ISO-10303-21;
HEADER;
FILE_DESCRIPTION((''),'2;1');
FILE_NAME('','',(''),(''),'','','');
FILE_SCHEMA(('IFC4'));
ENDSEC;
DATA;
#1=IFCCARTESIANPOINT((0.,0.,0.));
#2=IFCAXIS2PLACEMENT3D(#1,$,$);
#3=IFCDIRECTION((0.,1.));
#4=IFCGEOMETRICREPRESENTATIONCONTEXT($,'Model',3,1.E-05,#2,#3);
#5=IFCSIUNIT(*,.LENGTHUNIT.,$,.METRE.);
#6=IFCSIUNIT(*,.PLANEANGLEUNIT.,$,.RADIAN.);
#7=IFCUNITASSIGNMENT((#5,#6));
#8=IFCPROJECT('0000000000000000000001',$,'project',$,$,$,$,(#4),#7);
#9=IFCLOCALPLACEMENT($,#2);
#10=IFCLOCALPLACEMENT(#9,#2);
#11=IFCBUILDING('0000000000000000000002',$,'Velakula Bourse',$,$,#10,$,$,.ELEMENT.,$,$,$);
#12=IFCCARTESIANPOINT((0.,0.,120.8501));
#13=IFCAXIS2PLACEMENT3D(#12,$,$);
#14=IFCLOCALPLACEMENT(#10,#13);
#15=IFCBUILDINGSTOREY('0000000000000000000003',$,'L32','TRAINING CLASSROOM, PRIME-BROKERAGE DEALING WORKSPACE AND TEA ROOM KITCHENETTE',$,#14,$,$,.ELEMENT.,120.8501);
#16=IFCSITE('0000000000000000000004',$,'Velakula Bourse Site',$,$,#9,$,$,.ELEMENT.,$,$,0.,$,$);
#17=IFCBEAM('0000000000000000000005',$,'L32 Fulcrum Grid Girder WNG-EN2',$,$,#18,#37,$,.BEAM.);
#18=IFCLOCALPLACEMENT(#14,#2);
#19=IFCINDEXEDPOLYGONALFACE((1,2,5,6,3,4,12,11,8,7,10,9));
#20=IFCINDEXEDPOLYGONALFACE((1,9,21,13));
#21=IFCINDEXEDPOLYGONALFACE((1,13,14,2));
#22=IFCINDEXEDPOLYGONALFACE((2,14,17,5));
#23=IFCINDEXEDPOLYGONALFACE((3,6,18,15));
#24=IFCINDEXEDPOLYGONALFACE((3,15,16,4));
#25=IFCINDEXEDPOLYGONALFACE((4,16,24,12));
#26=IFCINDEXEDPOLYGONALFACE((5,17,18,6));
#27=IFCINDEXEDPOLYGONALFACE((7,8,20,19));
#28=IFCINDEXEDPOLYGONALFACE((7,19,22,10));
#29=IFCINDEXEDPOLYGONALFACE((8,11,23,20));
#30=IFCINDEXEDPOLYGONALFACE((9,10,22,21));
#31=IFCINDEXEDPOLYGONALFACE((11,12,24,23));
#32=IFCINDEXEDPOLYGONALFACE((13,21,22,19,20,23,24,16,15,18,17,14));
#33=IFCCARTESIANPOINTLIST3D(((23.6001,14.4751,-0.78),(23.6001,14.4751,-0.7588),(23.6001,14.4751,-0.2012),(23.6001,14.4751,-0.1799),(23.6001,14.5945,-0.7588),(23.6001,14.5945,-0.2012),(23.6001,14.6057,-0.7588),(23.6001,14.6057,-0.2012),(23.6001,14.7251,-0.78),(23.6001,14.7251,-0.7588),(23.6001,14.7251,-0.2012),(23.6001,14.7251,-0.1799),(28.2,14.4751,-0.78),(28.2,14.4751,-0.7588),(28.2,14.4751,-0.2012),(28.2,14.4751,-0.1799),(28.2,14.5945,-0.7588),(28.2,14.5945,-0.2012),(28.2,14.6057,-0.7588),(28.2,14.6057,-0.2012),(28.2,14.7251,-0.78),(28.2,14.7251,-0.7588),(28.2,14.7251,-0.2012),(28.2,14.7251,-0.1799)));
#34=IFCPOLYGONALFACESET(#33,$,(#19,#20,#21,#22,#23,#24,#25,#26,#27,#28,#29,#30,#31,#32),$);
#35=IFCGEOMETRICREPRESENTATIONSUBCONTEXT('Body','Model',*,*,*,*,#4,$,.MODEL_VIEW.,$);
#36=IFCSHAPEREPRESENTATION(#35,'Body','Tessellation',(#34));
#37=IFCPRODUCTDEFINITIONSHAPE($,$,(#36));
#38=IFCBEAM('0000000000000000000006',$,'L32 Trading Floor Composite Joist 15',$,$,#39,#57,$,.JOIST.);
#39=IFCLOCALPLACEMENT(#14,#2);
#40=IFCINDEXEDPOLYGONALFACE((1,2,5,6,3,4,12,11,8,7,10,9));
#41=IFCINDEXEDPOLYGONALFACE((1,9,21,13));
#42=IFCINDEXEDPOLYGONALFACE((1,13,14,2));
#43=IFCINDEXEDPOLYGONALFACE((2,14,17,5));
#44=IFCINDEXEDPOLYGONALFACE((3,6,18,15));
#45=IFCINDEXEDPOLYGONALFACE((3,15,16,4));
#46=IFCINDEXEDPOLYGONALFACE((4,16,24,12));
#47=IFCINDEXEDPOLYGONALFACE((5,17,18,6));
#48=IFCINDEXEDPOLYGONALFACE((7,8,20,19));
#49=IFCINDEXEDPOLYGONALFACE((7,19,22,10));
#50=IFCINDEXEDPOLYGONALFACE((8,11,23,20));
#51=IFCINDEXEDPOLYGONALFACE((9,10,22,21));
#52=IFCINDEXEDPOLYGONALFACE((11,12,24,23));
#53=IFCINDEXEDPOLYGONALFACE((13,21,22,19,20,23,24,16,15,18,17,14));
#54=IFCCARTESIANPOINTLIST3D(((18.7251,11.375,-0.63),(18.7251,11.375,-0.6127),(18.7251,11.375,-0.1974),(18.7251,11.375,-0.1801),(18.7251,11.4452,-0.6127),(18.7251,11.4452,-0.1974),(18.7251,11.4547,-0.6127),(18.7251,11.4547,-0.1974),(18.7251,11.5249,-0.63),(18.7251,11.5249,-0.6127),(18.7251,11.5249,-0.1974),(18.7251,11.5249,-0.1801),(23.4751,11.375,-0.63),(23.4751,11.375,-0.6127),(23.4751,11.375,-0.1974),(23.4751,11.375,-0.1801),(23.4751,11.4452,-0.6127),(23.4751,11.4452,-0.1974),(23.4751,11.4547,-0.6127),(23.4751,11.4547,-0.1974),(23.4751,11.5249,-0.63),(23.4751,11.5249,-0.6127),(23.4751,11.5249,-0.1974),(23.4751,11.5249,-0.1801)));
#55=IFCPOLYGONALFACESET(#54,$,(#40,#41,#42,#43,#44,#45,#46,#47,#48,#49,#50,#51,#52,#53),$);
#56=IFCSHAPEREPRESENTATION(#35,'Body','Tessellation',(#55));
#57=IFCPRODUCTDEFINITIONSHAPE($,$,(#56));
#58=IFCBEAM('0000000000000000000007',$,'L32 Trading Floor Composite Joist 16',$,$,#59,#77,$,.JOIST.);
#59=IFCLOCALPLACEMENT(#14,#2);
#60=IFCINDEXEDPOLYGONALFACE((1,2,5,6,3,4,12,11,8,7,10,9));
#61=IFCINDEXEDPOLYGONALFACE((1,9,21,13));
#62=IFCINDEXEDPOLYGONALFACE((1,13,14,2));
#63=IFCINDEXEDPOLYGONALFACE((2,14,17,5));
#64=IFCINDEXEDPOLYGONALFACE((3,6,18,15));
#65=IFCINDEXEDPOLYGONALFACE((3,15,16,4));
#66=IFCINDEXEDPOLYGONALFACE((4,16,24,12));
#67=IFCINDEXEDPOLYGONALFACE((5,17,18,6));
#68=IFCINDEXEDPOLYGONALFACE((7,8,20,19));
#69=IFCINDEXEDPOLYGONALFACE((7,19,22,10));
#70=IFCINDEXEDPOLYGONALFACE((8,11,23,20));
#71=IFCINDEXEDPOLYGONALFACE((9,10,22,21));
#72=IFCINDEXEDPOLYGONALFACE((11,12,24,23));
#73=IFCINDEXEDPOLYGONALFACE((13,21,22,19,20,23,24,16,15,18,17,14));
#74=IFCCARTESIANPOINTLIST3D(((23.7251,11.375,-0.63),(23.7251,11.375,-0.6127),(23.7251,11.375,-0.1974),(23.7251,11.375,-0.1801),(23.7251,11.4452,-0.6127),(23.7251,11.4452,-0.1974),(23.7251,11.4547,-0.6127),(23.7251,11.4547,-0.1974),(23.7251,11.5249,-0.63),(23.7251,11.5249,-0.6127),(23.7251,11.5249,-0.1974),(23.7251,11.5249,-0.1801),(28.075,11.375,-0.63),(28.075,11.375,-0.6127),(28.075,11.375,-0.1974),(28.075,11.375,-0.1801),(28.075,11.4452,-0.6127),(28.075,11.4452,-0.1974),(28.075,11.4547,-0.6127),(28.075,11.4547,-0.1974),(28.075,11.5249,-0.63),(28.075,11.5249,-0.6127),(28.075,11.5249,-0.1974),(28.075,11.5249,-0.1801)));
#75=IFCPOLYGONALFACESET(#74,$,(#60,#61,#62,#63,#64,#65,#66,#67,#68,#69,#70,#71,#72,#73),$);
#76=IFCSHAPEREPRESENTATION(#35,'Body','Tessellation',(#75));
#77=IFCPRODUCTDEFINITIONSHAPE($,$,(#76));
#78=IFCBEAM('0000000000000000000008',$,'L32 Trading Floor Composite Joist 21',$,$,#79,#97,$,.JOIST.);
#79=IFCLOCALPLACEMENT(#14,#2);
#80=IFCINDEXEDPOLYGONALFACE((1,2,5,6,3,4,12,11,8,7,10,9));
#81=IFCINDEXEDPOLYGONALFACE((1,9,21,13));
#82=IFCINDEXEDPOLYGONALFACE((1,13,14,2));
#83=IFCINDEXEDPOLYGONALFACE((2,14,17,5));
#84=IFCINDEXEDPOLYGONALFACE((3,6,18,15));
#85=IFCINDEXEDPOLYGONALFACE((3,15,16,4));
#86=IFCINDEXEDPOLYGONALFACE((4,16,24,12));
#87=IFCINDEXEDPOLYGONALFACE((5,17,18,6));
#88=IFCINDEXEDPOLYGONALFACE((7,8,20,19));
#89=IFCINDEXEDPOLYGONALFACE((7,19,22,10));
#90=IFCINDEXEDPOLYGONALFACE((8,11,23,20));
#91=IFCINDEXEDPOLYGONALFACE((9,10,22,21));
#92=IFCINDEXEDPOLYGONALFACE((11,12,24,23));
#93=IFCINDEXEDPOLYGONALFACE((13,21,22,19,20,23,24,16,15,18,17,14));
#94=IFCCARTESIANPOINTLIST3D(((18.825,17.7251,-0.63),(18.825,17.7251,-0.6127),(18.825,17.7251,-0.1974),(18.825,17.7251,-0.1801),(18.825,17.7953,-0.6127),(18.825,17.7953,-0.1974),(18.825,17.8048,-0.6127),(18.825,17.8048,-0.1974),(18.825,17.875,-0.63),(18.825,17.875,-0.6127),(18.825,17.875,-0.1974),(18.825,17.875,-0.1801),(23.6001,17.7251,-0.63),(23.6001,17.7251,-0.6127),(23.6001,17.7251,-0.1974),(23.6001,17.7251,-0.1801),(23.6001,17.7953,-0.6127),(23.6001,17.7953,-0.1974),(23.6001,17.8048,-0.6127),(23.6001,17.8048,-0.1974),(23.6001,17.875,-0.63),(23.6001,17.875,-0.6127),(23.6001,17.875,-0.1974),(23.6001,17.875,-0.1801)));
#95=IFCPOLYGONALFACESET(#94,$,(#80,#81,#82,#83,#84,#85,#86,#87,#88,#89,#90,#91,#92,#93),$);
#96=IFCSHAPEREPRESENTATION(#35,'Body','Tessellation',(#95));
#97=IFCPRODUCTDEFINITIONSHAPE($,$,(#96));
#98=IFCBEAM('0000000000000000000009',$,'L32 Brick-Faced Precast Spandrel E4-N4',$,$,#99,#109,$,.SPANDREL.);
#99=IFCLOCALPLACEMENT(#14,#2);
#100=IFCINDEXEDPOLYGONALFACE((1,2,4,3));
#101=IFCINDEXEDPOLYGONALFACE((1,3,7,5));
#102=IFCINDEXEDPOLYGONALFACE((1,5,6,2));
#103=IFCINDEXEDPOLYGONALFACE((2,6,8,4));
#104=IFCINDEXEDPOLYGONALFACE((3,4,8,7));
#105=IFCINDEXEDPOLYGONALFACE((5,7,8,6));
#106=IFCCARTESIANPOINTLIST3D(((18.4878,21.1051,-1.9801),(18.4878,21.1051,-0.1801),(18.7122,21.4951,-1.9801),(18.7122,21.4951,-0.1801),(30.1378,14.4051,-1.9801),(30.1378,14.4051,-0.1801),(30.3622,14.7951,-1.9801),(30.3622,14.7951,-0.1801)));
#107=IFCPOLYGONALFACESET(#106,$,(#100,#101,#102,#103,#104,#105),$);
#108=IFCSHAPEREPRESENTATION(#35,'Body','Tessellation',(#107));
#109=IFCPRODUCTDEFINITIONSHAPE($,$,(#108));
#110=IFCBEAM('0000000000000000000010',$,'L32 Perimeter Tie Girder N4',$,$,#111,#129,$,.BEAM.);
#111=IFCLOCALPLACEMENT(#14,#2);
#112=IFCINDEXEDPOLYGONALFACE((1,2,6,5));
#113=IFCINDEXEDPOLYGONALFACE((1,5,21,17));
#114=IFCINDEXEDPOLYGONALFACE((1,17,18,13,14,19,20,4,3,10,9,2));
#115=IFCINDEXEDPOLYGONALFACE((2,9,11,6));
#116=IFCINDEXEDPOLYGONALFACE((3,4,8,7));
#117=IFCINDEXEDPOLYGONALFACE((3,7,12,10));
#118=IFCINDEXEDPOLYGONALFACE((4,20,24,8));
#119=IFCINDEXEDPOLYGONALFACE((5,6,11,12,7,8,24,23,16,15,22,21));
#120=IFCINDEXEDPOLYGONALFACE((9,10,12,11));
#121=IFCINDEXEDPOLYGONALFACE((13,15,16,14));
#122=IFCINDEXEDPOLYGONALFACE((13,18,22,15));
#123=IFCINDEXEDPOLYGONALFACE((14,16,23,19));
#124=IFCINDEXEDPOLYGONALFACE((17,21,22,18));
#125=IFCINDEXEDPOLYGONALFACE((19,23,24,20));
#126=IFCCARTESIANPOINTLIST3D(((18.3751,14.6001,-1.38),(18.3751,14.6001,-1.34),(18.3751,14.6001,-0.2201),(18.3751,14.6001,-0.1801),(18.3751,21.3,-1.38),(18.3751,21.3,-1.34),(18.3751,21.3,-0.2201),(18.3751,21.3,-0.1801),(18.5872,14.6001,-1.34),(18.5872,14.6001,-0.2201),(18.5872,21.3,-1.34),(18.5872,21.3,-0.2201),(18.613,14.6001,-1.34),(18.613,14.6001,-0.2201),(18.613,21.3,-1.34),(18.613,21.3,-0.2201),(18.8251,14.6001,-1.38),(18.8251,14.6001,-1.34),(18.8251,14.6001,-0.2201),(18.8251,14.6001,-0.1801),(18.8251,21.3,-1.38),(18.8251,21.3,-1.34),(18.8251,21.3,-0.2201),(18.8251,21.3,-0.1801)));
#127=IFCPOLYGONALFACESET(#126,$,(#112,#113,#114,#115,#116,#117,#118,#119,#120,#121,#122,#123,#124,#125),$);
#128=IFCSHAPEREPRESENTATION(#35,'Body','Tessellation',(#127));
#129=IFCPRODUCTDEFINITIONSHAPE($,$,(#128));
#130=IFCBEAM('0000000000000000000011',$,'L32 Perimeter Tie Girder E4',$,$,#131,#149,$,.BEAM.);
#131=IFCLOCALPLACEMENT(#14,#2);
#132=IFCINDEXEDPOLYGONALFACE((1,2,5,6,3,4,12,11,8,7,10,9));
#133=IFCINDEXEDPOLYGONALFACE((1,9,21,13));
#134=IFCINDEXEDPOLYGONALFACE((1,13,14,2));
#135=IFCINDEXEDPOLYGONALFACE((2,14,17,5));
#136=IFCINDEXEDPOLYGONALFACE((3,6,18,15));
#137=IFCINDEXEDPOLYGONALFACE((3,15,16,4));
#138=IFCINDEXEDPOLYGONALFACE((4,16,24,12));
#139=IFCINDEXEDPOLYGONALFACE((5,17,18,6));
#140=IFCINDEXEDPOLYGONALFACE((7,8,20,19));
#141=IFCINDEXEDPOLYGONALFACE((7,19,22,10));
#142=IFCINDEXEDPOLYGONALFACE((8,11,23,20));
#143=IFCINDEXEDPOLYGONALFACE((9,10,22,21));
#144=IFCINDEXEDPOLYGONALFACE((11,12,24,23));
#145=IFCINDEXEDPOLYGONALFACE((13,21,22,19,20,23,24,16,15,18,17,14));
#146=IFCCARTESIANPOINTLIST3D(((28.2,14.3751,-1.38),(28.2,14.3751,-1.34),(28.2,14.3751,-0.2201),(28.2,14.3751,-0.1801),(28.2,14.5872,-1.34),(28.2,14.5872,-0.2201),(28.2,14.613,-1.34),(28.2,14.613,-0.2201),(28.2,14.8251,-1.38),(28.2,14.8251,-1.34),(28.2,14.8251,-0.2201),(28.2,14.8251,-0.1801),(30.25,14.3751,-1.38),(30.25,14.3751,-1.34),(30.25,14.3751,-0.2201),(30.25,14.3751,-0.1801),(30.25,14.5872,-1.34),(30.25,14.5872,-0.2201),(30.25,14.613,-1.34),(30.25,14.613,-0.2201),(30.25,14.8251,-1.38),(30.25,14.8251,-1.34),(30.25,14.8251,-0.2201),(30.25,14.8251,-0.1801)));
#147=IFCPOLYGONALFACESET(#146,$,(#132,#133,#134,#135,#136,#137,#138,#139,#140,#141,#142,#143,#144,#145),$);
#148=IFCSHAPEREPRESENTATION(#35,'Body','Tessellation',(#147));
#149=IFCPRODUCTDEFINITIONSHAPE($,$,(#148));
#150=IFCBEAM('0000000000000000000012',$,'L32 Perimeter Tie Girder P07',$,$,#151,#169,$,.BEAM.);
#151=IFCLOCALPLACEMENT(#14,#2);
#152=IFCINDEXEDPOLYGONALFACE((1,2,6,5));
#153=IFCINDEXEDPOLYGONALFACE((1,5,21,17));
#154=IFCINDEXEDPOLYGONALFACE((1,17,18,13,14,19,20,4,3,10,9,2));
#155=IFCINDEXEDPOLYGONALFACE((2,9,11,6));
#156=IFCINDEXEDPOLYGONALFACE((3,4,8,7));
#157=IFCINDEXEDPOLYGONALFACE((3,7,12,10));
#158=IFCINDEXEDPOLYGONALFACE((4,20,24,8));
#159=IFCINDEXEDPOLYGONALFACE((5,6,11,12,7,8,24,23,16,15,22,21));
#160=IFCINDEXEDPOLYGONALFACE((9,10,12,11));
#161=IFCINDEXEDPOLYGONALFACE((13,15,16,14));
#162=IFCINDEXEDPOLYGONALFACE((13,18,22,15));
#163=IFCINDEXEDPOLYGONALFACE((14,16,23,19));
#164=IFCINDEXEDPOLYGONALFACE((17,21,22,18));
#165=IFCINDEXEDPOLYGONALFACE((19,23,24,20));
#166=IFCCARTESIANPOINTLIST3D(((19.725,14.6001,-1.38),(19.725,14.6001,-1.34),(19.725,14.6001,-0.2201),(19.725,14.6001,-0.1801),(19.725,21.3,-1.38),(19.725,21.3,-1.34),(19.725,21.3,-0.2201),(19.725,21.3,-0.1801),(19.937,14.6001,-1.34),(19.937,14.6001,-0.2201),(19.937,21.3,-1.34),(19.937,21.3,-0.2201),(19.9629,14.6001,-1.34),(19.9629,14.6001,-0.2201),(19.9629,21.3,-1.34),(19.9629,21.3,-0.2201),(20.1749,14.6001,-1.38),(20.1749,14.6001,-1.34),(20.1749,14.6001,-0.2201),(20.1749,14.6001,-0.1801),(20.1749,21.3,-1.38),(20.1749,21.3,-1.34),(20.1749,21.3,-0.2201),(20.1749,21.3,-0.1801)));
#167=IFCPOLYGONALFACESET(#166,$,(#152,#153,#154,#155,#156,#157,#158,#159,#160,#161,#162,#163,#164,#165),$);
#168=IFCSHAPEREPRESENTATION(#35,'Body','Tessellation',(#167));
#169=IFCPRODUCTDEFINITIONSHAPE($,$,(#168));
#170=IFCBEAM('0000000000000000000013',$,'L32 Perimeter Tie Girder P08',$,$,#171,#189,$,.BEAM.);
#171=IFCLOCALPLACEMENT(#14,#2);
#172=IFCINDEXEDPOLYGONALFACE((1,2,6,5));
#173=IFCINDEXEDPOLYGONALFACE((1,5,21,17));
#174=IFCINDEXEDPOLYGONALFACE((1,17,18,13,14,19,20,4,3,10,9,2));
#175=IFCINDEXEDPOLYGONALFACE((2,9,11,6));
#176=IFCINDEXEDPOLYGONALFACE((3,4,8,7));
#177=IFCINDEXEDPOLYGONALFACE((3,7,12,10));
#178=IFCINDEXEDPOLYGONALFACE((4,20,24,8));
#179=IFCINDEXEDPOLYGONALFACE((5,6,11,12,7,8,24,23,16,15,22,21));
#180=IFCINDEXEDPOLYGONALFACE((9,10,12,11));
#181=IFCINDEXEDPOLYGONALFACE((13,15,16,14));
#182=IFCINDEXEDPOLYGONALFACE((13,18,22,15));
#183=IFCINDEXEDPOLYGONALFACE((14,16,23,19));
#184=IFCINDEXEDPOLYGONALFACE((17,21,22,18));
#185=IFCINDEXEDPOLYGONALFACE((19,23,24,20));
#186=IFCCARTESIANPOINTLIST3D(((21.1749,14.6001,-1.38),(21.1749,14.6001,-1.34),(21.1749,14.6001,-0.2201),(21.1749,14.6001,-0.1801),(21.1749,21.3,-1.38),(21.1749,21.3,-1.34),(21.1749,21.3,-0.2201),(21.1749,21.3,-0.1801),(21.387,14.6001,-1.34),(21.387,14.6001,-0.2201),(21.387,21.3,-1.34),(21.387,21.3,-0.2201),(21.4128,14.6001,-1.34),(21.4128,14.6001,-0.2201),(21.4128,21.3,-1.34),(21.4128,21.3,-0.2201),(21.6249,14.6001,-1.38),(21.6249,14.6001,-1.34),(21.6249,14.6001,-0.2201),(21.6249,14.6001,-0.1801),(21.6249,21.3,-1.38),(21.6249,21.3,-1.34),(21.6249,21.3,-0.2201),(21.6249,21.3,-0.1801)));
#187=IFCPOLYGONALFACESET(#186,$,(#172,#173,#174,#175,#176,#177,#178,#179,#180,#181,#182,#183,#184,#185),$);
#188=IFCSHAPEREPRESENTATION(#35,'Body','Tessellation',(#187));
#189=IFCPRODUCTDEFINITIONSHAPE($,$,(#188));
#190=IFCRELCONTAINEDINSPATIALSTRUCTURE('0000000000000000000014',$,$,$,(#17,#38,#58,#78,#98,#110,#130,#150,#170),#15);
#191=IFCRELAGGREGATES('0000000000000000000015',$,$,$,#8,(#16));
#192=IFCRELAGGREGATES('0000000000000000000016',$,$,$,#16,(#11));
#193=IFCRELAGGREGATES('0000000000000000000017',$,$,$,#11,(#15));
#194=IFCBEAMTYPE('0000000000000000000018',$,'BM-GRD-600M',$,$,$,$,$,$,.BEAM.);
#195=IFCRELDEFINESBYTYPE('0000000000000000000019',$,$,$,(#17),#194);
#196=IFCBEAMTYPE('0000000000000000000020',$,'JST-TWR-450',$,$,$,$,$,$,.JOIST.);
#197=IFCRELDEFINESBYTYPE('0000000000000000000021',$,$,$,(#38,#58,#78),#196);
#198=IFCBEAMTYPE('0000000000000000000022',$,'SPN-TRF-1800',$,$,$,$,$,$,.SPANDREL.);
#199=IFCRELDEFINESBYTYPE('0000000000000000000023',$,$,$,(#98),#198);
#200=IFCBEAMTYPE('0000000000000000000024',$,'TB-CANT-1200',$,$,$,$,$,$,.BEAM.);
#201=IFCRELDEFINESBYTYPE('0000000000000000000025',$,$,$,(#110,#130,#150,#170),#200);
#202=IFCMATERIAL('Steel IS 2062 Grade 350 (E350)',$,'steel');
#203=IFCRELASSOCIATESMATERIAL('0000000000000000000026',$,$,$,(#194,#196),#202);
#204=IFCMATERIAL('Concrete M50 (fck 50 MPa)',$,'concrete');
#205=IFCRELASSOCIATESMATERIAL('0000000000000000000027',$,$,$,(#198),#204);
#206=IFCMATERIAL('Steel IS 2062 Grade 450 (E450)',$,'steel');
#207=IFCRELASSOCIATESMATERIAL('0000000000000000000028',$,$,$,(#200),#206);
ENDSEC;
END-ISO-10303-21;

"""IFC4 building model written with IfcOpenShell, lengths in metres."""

from ifc_helpers import new_model, si_unit, direction, frame, origin, origin_2d, place, context, subcontext, project, spatial, rectangle, i_section, extrude, material, material_profile, profile_set, type_object, element, save


model = new_model("IFC4")

# Units and contexts
model_context = context("Model", 3, precision=1e-05, world=origin(), true_north=direction((0.0, 1.0)))
body_context = subcontext(model_context, "Body", "Model", "MODEL_VIEW")
ifc_project = project(units=[si_unit("LENGTHUNIT", "METRE"), si_unit("PLANEANGLEUNIT", "RADIAN")], contexts=[model_context])

# Site, building, storey
site_placement = place(None, origin())
site = spatial("IfcSite", under=ifc_project, at=site_placement, Name="Velakula Bourse Site", CompositionType="ELEMENT", RefElevation=0.0)
building_placement = place(site_placement, origin())
building = spatial("IfcBuilding", under=site, at=building_placement, Name="Velakula Bourse", CompositionType="ELEMENT")
storey_placement = place(building_placement, frame((0.0, 0.0, 120.8501)))
storey = spatial("IfcBuildingStorey", under=building, at=storey_placement, Name="L32", Description="TRAINING CLASSROOM, PRIME-BROKERAGE DEALING WORKSPACE AND TEA ROOM KITCHENETTE", CompositionType="ELEMENT", Elevation=120.8501)

# Shared definitions
ifc_material_1 = material(Name="Steel IS 2062 Grade 350 (E350)", Category="steel")

# Beams
ifc_material_profile_1 = material_profile(ifc_material_1, i_section(OverallWidth=0.25, OverallDepth=0.6001, WebThickness=0.0112, FlangeThickness=0.0212, at=origin_2d()), Name="Steel IS 2062 Grade 350 (E350)")
ifc_profile_set_1 = profile_set([ifc_material_profile_1], Name="Steel IS 2062 Grade 350 (E350)")
beam_type_1 = type_object("IfcBeamType", Name="BM-GRD-600M", PredefinedType="BEAM", material=ifc_profile_set_1)
beam_1_placement = place(storey_placement, frame((23.6001, 14.6001, -0.48), z_axis=(1.0, 0.0, 0.0), x_axis=(0.0, 1.0, 0.0)))
element("IfcBeam", 1, at=beam_1_placement, inside=storey, type_object=beam_type_1, Name="L32 Fulcrum Grid Girder WNG-EN2", PredefinedType="BEAM", context=body_context, shape_type="SweptSolid", body=[
    extrude(i_section(OverallWidth=0.25, OverallDepth=0.6001, WebThickness=0.0112, FlangeThickness=0.0212, at=origin_2d()), origin(), (0.0, 0.0, 1.0), 4.5999),
])
ifc_material_profile_2 = material_profile(ifc_material_1, i_section(OverallWidth=0.1499, OverallDepth=0.45, WebThickness=0.0095, FlangeThickness=0.0173, at=origin_2d()), Name="Steel IS 2062 Grade 350 (E350)")
ifc_profile_set_2 = profile_set([ifc_material_profile_2], Name="Steel IS 2062 Grade 350 (E350)")
beam_type_2 = type_object("IfcBeamType", Name="JST-TWR-450", PredefinedType="JOIST", material=ifc_profile_set_2)
beam_2_placement = place(storey_placement, frame((18.7251, 11.45, -0.405), z_axis=(1.0, 0.0, 0.0), x_axis=(0.0, 1.0, 0.0)))
element("IfcBeam", 2, at=beam_2_placement, inside=storey, type_object=beam_type_2, Name="L32 Trading Floor Composite Joist 15", PredefinedType="JOIST", context=body_context, shape_type="SweptSolid", body=[
    extrude(i_section(OverallWidth=0.1499, OverallDepth=0.45, WebThickness=0.0095, FlangeThickness=0.0173, at=origin_2d()), origin(), (0.0, 0.0, 1.0), 4.75),
])
beam_3_placement = place(storey_placement, frame((23.7251, 11.45, -0.405), z_axis=(1.0, 0.0, 0.0), x_axis=(0.0, 1.0, 0.0)))
element("IfcBeam", 3, at=beam_3_placement, inside=storey, type_object=beam_type_2, Name="L32 Trading Floor Composite Joist 16", PredefinedType="JOIST", context=body_context, shape_type="SweptSolid", body=[
    extrude(i_section(OverallWidth=0.1499, OverallDepth=0.45, WebThickness=0.0095, FlangeThickness=0.0173, at=origin_2d()), origin(), (0.0, 0.0, 1.0), 4.3499),
])
beam_4_placement = place(storey_placement, frame((18.825, 17.8, -0.405), z_axis=(1.0, 0.0, 0.0), x_axis=(0.0, 1.0, 0.0)))
element("IfcBeam", 4, at=beam_4_placement, inside=storey, type_object=beam_type_2, Name="L32 Trading Floor Composite Joist 21", PredefinedType="JOIST", context=body_context, shape_type="SweptSolid", body=[
    extrude(i_section(OverallWidth=0.1499, OverallDepth=0.45, WebThickness=0.0095, FlangeThickness=0.0173, at=origin_2d()), origin(), (0.0, 0.0, 1.0), 4.7751),
])
ifc_material_2 = material(Name="Concrete M50 (fck 50 MPa)", Category="concrete")
ifc_material_profile_3 = material_profile(ifc_material_2, rectangle(XDim=0.45, YDim=1.8, at=origin_2d()), Name="Concrete M50 (fck 50 MPa)")
ifc_profile_set_3 = profile_set([ifc_material_profile_3], Name="Concrete M50 (fck 50 MPa)")
beam_type_3 = type_object("IfcBeamType", Name="SPN-TRF-1800", PredefinedType="SPANDREL", material=ifc_profile_set_3)
beam_5_placement = place(storey_placement, frame((30.25, 14.6001, -1.0801), z_axis=(-0.866866, 0.498541, 0.0), x_axis=(-0.498541, -0.866866, 0.0)))
element("IfcBeam", 5, at=beam_5_placement, inside=storey, type_object=beam_type_3, Name="L32 Brick-Faced Precast Spandrel E4-N4", PredefinedType="SPANDREL", context=body_context, shape_type="SweptSolid", body=[
    extrude(rectangle(XDim=0.45, YDim=1.8, at=origin_2d()), origin(), (0.0, 0.0, 1.0), 13.4392),
])
ifc_material_3 = material(Name="Steel IS 2062 Grade 450 (E450)", Category="steel")
ifc_material_profile_4 = material_profile(ifc_material_3, i_section(OverallWidth=0.45, OverallDepth=1.2, WebThickness=0.0259, FlangeThickness=0.04, at=origin_2d()), Name="Steel IS 2062 Grade 450 (E450)")
ifc_profile_set_4 = profile_set([ifc_material_profile_4], Name="Steel IS 2062 Grade 450 (E450)")
beam_type_4 = type_object("IfcBeamType", Name="TB-CANT-1200", PredefinedType="BEAM", material=ifc_profile_set_4)
beam_6_placement = place(storey_placement, frame((18.6001, 14.6001, -0.78), z_axis=(0.0, 1.0, 0.0), x_axis=(-1.0, 0.0, 0.0)))
element("IfcBeam", 6, at=beam_6_placement, inside=storey, type_object=beam_type_4, Name="L32 Perimeter Tie Girder N4", PredefinedType="BEAM", context=body_context, shape_type="SweptSolid", body=[
    extrude(i_section(OverallWidth=0.45, OverallDepth=1.2, WebThickness=0.0259, FlangeThickness=0.04, at=origin_2d()), origin(), (0.0, 0.0, 1.0), 6.7),
])
beam_7_placement = place(storey_placement, frame((28.2, 14.6001, -0.78), z_axis=(1.0, 0.0, 0.0), x_axis=(0.0, 1.0, 0.0)))
element("IfcBeam", 7, at=beam_7_placement, inside=storey, type_object=beam_type_4, Name="L32 Perimeter Tie Girder E4", PredefinedType="BEAM", context=body_context, shape_type="SweptSolid", body=[
    extrude(i_section(OverallWidth=0.45, OverallDepth=1.2, WebThickness=0.0259, FlangeThickness=0.04, at=origin_2d()), origin(), (0.0, 0.0, 1.0), 2.05),
])
for number, where, z_axis, x_axis, name in (
    (8, (19.95, 14.6001, -0.78), (0.0, 1.0, 0.0), (-1.0, 0.0, 0.0), "L32 Perimeter Tie Girder P07"),
    (9, (21.3999, 14.6001, -0.78), (0.0, 1.0, 0.0), (-1.0, 0.0, 0.0), "L32 Perimeter Tie Girder P08"),
):
    element("IfcBeam", number, at=place(storey_placement, frame(where, z_axis=z_axis, x_axis=x_axis)), inside=storey, type_object=beam_type_4, Name=name, PredefinedType="BEAM", context=body_context, shape_type="SweptSolid", body=[
        extrude(i_section(OverallWidth=0.45, OverallDepth=1.2, WebThickness=0.0259, FlangeThickness=0.04, at=origin_2d()), origin(), (0.0, 0.0, 1.0), 6.7),
    ])

save(model, "model.ifc")
